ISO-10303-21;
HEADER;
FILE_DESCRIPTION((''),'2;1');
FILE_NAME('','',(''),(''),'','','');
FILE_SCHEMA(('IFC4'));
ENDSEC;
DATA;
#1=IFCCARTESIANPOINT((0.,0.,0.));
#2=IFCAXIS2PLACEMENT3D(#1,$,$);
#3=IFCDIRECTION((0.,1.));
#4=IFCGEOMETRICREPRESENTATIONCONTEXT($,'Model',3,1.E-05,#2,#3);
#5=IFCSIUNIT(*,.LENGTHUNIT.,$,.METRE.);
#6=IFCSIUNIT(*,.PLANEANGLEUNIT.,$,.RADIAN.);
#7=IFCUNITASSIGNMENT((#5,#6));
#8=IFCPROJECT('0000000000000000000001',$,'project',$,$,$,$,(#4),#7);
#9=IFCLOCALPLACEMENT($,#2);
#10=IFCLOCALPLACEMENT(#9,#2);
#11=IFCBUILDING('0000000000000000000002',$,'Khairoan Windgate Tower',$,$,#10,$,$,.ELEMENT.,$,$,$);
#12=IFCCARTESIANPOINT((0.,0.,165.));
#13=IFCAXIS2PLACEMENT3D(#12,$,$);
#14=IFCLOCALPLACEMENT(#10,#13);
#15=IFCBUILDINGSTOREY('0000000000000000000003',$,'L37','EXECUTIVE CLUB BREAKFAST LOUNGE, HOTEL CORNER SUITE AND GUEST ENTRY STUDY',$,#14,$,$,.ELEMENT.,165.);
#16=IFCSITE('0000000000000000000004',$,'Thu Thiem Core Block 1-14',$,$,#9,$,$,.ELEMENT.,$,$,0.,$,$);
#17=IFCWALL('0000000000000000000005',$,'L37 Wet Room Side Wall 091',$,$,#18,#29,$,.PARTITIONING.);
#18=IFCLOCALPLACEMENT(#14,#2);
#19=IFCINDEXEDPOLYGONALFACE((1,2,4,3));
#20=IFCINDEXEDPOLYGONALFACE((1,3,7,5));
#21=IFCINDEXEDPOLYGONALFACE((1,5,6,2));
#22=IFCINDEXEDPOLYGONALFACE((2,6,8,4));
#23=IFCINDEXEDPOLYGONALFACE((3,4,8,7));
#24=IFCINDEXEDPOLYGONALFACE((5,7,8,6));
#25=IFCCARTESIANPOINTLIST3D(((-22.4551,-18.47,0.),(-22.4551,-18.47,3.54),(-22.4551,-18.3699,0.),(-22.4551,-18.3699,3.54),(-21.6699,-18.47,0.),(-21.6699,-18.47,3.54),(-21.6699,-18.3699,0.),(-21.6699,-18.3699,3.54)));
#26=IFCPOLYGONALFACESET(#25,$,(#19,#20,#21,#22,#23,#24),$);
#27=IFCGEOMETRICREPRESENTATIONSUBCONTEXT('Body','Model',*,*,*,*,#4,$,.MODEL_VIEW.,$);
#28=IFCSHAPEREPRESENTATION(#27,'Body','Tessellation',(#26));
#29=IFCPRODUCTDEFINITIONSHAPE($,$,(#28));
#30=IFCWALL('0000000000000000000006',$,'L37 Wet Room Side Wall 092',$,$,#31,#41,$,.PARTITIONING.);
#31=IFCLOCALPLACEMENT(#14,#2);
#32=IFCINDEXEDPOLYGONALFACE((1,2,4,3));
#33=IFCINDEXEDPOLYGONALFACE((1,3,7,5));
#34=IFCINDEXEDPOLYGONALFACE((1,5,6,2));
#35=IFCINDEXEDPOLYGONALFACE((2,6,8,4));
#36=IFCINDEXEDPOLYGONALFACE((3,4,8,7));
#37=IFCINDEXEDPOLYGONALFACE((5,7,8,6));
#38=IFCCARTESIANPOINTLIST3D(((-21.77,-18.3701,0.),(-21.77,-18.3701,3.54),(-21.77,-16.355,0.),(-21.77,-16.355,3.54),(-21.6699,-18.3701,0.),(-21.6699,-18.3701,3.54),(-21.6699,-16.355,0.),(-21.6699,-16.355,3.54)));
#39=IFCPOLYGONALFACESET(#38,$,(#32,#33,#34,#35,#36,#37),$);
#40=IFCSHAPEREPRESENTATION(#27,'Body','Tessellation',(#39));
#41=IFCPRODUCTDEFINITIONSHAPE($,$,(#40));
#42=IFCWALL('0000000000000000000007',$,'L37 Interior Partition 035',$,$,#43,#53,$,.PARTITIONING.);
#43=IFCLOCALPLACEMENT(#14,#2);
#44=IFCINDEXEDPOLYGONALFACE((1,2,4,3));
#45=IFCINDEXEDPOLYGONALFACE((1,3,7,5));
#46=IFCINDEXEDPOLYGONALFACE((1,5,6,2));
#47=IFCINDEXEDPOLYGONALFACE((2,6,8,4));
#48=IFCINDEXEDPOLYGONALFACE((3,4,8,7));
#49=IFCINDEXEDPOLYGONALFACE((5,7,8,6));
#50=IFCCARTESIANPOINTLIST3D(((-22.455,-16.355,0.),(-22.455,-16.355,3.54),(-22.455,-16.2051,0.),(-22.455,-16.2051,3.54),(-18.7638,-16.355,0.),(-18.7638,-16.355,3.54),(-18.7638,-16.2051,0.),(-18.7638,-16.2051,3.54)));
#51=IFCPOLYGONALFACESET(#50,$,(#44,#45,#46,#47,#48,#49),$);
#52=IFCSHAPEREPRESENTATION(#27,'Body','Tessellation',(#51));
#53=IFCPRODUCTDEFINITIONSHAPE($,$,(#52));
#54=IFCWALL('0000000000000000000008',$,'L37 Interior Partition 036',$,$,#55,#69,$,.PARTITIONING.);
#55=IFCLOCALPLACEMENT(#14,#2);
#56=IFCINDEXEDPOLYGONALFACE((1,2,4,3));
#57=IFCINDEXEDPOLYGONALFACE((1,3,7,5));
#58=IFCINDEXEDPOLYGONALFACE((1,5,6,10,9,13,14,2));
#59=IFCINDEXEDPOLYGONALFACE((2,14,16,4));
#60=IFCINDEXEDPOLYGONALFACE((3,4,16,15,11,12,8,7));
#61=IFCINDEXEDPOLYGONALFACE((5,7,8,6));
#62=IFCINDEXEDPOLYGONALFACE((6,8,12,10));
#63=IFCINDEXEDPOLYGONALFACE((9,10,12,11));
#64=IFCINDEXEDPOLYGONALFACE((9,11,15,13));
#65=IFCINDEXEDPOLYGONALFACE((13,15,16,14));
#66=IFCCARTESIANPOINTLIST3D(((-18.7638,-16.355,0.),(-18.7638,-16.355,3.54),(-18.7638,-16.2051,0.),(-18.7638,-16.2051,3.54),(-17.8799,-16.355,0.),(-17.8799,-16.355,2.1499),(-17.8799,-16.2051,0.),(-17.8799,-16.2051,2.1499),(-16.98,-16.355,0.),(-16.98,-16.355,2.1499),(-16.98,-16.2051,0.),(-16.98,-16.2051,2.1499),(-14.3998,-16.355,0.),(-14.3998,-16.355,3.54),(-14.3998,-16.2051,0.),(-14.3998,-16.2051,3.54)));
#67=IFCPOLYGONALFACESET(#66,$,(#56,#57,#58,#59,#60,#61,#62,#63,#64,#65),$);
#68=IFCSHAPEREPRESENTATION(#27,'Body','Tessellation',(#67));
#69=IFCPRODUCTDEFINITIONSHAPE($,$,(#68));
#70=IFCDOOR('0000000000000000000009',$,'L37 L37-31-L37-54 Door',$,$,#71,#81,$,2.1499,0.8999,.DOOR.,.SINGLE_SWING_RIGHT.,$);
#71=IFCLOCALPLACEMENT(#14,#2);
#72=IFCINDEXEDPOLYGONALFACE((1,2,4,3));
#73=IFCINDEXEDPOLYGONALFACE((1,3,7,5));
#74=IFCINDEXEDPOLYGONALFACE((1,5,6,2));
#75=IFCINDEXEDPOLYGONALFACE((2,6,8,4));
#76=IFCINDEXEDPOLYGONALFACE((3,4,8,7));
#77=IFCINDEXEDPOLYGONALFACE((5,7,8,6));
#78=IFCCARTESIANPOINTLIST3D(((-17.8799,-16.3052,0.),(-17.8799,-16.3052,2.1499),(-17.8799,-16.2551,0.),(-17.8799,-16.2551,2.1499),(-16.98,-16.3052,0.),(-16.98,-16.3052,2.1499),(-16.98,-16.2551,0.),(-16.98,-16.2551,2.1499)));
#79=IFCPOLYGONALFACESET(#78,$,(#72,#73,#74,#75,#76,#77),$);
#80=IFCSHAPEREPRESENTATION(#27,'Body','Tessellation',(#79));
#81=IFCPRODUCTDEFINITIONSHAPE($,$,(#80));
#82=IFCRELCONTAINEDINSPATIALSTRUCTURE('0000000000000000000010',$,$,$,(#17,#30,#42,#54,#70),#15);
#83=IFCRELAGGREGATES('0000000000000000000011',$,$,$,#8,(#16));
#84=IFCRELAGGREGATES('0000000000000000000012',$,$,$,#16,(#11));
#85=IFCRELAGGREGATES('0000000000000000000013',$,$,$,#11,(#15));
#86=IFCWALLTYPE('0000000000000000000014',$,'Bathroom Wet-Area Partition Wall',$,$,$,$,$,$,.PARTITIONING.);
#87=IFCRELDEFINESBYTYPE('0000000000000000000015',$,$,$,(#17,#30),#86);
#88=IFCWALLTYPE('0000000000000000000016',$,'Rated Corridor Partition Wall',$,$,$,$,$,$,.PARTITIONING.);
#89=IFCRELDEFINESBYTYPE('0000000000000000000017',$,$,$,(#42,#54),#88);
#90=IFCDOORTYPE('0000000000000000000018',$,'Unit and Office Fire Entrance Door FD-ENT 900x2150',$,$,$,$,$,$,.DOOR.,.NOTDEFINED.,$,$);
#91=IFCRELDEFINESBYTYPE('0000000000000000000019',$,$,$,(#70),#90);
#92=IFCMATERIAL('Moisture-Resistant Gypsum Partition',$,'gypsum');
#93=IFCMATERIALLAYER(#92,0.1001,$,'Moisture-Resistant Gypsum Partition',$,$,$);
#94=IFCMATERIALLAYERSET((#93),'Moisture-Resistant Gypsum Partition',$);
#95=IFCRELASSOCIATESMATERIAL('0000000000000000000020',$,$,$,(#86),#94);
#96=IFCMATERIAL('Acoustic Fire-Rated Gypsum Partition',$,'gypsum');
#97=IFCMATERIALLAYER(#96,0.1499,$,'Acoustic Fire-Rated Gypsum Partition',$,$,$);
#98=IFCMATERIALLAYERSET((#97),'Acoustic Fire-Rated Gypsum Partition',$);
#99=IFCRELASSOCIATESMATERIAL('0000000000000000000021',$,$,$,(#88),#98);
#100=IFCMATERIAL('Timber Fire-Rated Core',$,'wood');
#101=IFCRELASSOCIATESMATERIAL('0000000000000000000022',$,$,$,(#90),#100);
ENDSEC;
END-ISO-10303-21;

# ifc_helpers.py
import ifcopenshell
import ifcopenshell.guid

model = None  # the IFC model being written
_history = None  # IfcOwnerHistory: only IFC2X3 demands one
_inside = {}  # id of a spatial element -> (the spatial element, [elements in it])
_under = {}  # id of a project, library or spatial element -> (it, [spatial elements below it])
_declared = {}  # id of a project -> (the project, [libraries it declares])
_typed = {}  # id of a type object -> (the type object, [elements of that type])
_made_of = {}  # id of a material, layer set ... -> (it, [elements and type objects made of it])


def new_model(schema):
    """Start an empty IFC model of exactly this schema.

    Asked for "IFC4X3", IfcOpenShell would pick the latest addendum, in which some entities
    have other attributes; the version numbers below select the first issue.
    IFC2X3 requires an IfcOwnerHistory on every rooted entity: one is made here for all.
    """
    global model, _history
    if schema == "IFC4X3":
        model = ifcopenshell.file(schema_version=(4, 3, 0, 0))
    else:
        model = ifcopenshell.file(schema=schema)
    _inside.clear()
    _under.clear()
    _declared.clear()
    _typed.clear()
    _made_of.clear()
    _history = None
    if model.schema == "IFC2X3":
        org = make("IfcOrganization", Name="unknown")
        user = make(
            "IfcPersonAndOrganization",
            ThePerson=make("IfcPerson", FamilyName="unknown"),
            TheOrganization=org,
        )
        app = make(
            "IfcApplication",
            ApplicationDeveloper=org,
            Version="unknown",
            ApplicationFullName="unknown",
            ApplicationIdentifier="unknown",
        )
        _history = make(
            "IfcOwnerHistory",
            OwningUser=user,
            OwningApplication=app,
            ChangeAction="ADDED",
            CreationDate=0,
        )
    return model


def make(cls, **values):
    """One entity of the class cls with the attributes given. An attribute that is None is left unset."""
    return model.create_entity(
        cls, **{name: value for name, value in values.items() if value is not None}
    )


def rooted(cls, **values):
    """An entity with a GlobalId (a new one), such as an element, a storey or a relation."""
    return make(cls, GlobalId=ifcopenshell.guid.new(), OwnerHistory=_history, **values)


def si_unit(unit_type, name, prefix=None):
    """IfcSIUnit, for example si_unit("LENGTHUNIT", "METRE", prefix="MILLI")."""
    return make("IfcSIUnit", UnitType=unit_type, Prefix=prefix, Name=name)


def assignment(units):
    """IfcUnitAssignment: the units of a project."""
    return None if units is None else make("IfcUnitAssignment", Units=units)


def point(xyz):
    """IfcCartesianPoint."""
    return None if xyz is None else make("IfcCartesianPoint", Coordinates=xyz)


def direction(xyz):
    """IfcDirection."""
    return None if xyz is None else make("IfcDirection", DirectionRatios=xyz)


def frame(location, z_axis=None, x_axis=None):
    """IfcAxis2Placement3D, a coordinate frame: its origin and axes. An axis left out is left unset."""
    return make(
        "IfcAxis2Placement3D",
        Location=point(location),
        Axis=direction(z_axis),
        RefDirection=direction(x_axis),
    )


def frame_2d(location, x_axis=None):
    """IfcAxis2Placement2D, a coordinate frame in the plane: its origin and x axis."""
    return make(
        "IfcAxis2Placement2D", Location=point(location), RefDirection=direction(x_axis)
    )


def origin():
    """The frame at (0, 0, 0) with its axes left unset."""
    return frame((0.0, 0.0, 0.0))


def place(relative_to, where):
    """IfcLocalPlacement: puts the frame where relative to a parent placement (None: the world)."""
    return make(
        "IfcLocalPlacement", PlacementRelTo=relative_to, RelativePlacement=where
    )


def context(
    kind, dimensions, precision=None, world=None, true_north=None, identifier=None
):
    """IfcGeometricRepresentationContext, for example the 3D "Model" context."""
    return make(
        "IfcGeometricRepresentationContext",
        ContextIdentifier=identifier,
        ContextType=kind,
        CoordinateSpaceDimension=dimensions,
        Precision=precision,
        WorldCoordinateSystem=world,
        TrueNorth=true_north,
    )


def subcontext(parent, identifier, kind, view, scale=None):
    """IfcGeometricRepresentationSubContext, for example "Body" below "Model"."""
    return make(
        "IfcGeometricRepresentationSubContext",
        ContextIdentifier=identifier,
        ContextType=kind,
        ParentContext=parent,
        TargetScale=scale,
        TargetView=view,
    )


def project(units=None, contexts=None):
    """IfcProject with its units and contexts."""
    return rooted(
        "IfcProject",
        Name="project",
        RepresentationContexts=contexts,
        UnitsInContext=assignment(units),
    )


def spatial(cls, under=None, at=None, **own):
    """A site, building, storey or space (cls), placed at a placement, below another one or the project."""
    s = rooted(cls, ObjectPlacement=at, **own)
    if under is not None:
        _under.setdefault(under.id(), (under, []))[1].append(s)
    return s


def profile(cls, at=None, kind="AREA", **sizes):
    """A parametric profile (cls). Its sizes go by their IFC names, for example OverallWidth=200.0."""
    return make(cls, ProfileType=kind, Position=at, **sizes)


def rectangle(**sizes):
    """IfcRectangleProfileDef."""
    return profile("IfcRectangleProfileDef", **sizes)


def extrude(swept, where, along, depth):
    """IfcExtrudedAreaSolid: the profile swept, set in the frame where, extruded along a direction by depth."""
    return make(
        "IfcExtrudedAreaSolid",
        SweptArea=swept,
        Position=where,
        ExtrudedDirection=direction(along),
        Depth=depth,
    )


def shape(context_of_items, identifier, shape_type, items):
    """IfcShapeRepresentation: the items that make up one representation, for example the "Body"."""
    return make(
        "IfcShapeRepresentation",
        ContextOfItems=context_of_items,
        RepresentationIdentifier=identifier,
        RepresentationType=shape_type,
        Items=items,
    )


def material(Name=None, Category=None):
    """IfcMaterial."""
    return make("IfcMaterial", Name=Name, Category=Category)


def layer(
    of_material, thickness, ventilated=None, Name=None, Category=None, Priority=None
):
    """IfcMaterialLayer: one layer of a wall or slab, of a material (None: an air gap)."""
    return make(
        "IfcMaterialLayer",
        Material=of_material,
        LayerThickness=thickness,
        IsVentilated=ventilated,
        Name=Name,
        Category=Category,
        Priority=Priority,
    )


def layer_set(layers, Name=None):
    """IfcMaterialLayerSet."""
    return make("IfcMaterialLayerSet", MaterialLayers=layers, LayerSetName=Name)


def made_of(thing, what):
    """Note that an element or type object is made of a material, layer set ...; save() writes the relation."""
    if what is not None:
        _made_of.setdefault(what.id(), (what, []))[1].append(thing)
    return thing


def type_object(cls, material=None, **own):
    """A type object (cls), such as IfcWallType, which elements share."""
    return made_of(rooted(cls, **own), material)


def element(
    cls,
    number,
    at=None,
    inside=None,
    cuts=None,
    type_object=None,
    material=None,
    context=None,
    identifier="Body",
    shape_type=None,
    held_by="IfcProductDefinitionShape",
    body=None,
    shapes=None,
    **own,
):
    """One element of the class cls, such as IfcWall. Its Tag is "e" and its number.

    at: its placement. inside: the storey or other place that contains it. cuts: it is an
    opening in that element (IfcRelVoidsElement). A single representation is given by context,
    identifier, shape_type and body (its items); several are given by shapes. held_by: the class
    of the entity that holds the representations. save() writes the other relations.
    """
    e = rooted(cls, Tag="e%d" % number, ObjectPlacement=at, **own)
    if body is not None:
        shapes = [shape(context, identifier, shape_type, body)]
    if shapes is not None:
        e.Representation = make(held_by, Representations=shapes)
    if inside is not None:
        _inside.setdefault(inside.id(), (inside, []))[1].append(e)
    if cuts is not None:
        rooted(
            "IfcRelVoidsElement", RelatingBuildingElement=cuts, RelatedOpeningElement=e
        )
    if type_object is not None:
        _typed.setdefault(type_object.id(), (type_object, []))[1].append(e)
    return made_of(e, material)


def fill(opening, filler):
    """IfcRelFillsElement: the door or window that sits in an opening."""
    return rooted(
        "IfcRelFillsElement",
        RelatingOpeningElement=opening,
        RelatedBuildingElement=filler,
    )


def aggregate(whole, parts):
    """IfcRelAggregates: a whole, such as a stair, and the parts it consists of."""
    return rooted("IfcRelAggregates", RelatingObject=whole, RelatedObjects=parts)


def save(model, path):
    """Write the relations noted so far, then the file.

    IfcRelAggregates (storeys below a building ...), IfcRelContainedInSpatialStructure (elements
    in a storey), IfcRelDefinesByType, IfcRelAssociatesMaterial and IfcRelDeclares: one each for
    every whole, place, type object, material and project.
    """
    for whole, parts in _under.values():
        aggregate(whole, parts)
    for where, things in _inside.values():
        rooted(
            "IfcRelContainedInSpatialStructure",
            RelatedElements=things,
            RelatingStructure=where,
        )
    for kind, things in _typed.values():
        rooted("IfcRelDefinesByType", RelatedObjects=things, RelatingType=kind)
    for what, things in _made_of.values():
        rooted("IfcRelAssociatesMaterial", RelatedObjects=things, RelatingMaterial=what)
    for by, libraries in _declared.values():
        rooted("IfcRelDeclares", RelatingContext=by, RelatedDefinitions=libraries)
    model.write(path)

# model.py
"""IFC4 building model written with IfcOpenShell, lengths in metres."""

from ifc_helpers import new_model, si_unit, direction, frame, frame_2d, origin, place, context, subcontext, project, spatial, rectangle, extrude, material, layer, layer_set, type_object, element, fill, save


model = new_model("IFC4")

# Units and contexts
model_context = context("Model", 3, precision=1e-05, world=origin(), true_north=direction((0.0, 1.0)))
body_context = subcontext(model_context, "Body", "Model", "MODEL_VIEW")
ifc_project = project(units=[si_unit("LENGTHUNIT", "METRE"), si_unit("PLANEANGLEUNIT", "RADIAN")], contexts=[model_context])

# Site, building, storey
site_placement = place(None, origin())
site = spatial("IfcSite", under=ifc_project, at=site_placement, Name="Thu Thiem Core Block 1-14", CompositionType="ELEMENT", RefElevation=0.0)
building_placement = place(site_placement, origin())
building = spatial("IfcBuilding", under=site, at=building_placement, Name="Khairoan Windgate Tower", CompositionType="ELEMENT")
storey_placement = place(building_placement, frame((0.0, 0.0, 165.0)))
storey = spatial("IfcBuildingStorey", under=building, at=storey_placement, Name="L37", Description="EXECUTIVE CLUB BREAKFAST LOUNGE, HOTEL CORNER SUITE AND GUEST ENTRY STUDY", CompositionType="ELEMENT", Elevation=165.0)

# Shared definitions
ifc_material_1 = material(Name="Moisture-Resistant Gypsum Partition", Category="gypsum")
ifc_layer_1 = layer(ifc_material_1, 0.1001, Name="Moisture-Resistant Gypsum Partition")
ifc_layer_set_1 = layer_set([ifc_layer_1], Name="Moisture-Resistant Gypsum Partition")
wall_type_1 = type_object("IfcWallType", Name="Bathroom Wet-Area Partition Wall", PredefinedType="PARTITIONING", material=ifc_layer_set_1)

# Walls
wall_1_placement = place(storey_placement, frame((-21.6699, -18.4199, 0.0), z_axis=(0.0, 0.0, 1.0), x_axis=(-1.0, 0.0, 0.0)))
element("IfcWall", 1, at=wall_1_placement, inside=storey, type_object=wall_type_1, Name="L37 Wet Room Side Wall 091", PredefinedType="PARTITIONING", context=body_context, shape_type="SweptSolid", body=[
    extrude(rectangle(XDim=0.7852, YDim=0.1001, at=frame_2d((0.3926, 0.0))), origin(), (0.0, 0.0, 1.0), 3.54),
])
wall_2_placement = place(storey_placement, frame((-21.72, -18.3701, 0.0), z_axis=(0.0, 0.0, 1.0), x_axis=(0.0, 1.0, 0.0)))
element("IfcWall", 2, at=wall_2_placement, inside=storey, type_object=wall_type_1, Name="L37 Wet Room Side Wall 092", PredefinedType="PARTITIONING", context=body_context, shape_type="SweptSolid", body=[
    extrude(rectangle(XDim=2.0151, YDim=0.1001, at=frame_2d((1.0076, 0.0))), origin(), (0.0, 0.0, 1.0), 3.54),
])
ifc_material_2 = material(Name="Acoustic Fire-Rated Gypsum Partition", Category="gypsum")
ifc_layer_2 = layer(ifc_material_2, 0.1499, Name="Acoustic Fire-Rated Gypsum Partition")
ifc_layer_set_2 = layer_set([ifc_layer_2], Name="Acoustic Fire-Rated Gypsum Partition")
wall_type_2 = type_object("IfcWallType", Name="Rated Corridor Partition Wall", PredefinedType="PARTITIONING", material=ifc_layer_set_2)
wall_3_placement = place(storey_placement, frame((-22.4551, -16.28, 0.0), z_axis=(0.0, 0.0, 1.0), x_axis=(1.0, 0.0, 0.0)))
element("IfcWall", 3, at=wall_3_placement, inside=storey, type_object=wall_type_2, Name="L37 Interior Partition 035", PredefinedType="PARTITIONING", context=body_context, shape_type="SweptSolid", body=[
    extrude(rectangle(XDim=3.6912, YDim=0.1499, at=frame_2d((1.8457, 0.0))), origin(), (0.0, 0.0, 1.0), 3.54),
])

# Wall, opening, door
wall_4_placement = place(storey_placement, frame((-18.7639, -16.28, 0.0), z_axis=(0.0, 0.0, 1.0), x_axis=(1.0, 0.0, 0.0)))
wall_4 = element("IfcWall", 4, at=wall_4_placement, inside=storey, type_object=wall_type_2, Name="L37 Interior Partition 036", PredefinedType="PARTITIONING", context=body_context, shape_type="SweptSolid", body=[
    extrude(rectangle(XDim=4.364, YDim=0.1499, at=frame_2d((2.1821, 0.0))), origin(), (0.0, 0.0, 1.0), 3.54),
])
opening_1_placement = place(wall_4_placement, frame((0.884, 0.0, 0.0)))
opening_1 = element("IfcOpeningElement", 5, at=opening_1_placement, cuts=wall_4, PredefinedType="OPENING", context=body_context, shape_type="SweptSolid", body=[
    extrude(rectangle(XDim=0.8999, YDim=2.1499, at=frame_2d((0.45, 1.075))), frame((0.0, 0.085, 0.0), z_axis=(0.0, -1.0, 0.0), x_axis=(1.0, 0.0, 0.0)), (0.0, 0.0, 1.0), 0.1699),
])
ifc_material_3 = material(Name="Timber Fire-Rated Core", Category="wood")
door_type_1 = type_object("IfcDoorType", Name="Unit and Office Fire Entrance Door FD-ENT 900x2150", OperationType="NOTDEFINED", PredefinedType="DOOR", material=ifc_material_3)
door_1_placement = place(opening_1_placement, origin())
door_1 = element("IfcDoor", 6, at=door_1_placement, inside=storey, type_object=door_type_1, Name="L37 L37-31-L37-54 Door", OperationType="SINGLE_SWING_RIGHT", OverallHeight=2.1499, OverallWidth=0.8999, PredefinedType="DOOR", context=body_context, shape_type="SweptSolid", body=[
    extrude(rectangle(XDim=0.8999, YDim=2.1499, at=frame_2d((0.45, 1.075))), frame((0.0, 0.0249, 0.0), z_axis=(0.0, -1.0, 0.0), x_axis=(1.0, 0.0, 0.0)), (0.0, 0.0, 1.0), 0.05),
])
fill(opening_1, door_1)

save(model, "model.ifc")
